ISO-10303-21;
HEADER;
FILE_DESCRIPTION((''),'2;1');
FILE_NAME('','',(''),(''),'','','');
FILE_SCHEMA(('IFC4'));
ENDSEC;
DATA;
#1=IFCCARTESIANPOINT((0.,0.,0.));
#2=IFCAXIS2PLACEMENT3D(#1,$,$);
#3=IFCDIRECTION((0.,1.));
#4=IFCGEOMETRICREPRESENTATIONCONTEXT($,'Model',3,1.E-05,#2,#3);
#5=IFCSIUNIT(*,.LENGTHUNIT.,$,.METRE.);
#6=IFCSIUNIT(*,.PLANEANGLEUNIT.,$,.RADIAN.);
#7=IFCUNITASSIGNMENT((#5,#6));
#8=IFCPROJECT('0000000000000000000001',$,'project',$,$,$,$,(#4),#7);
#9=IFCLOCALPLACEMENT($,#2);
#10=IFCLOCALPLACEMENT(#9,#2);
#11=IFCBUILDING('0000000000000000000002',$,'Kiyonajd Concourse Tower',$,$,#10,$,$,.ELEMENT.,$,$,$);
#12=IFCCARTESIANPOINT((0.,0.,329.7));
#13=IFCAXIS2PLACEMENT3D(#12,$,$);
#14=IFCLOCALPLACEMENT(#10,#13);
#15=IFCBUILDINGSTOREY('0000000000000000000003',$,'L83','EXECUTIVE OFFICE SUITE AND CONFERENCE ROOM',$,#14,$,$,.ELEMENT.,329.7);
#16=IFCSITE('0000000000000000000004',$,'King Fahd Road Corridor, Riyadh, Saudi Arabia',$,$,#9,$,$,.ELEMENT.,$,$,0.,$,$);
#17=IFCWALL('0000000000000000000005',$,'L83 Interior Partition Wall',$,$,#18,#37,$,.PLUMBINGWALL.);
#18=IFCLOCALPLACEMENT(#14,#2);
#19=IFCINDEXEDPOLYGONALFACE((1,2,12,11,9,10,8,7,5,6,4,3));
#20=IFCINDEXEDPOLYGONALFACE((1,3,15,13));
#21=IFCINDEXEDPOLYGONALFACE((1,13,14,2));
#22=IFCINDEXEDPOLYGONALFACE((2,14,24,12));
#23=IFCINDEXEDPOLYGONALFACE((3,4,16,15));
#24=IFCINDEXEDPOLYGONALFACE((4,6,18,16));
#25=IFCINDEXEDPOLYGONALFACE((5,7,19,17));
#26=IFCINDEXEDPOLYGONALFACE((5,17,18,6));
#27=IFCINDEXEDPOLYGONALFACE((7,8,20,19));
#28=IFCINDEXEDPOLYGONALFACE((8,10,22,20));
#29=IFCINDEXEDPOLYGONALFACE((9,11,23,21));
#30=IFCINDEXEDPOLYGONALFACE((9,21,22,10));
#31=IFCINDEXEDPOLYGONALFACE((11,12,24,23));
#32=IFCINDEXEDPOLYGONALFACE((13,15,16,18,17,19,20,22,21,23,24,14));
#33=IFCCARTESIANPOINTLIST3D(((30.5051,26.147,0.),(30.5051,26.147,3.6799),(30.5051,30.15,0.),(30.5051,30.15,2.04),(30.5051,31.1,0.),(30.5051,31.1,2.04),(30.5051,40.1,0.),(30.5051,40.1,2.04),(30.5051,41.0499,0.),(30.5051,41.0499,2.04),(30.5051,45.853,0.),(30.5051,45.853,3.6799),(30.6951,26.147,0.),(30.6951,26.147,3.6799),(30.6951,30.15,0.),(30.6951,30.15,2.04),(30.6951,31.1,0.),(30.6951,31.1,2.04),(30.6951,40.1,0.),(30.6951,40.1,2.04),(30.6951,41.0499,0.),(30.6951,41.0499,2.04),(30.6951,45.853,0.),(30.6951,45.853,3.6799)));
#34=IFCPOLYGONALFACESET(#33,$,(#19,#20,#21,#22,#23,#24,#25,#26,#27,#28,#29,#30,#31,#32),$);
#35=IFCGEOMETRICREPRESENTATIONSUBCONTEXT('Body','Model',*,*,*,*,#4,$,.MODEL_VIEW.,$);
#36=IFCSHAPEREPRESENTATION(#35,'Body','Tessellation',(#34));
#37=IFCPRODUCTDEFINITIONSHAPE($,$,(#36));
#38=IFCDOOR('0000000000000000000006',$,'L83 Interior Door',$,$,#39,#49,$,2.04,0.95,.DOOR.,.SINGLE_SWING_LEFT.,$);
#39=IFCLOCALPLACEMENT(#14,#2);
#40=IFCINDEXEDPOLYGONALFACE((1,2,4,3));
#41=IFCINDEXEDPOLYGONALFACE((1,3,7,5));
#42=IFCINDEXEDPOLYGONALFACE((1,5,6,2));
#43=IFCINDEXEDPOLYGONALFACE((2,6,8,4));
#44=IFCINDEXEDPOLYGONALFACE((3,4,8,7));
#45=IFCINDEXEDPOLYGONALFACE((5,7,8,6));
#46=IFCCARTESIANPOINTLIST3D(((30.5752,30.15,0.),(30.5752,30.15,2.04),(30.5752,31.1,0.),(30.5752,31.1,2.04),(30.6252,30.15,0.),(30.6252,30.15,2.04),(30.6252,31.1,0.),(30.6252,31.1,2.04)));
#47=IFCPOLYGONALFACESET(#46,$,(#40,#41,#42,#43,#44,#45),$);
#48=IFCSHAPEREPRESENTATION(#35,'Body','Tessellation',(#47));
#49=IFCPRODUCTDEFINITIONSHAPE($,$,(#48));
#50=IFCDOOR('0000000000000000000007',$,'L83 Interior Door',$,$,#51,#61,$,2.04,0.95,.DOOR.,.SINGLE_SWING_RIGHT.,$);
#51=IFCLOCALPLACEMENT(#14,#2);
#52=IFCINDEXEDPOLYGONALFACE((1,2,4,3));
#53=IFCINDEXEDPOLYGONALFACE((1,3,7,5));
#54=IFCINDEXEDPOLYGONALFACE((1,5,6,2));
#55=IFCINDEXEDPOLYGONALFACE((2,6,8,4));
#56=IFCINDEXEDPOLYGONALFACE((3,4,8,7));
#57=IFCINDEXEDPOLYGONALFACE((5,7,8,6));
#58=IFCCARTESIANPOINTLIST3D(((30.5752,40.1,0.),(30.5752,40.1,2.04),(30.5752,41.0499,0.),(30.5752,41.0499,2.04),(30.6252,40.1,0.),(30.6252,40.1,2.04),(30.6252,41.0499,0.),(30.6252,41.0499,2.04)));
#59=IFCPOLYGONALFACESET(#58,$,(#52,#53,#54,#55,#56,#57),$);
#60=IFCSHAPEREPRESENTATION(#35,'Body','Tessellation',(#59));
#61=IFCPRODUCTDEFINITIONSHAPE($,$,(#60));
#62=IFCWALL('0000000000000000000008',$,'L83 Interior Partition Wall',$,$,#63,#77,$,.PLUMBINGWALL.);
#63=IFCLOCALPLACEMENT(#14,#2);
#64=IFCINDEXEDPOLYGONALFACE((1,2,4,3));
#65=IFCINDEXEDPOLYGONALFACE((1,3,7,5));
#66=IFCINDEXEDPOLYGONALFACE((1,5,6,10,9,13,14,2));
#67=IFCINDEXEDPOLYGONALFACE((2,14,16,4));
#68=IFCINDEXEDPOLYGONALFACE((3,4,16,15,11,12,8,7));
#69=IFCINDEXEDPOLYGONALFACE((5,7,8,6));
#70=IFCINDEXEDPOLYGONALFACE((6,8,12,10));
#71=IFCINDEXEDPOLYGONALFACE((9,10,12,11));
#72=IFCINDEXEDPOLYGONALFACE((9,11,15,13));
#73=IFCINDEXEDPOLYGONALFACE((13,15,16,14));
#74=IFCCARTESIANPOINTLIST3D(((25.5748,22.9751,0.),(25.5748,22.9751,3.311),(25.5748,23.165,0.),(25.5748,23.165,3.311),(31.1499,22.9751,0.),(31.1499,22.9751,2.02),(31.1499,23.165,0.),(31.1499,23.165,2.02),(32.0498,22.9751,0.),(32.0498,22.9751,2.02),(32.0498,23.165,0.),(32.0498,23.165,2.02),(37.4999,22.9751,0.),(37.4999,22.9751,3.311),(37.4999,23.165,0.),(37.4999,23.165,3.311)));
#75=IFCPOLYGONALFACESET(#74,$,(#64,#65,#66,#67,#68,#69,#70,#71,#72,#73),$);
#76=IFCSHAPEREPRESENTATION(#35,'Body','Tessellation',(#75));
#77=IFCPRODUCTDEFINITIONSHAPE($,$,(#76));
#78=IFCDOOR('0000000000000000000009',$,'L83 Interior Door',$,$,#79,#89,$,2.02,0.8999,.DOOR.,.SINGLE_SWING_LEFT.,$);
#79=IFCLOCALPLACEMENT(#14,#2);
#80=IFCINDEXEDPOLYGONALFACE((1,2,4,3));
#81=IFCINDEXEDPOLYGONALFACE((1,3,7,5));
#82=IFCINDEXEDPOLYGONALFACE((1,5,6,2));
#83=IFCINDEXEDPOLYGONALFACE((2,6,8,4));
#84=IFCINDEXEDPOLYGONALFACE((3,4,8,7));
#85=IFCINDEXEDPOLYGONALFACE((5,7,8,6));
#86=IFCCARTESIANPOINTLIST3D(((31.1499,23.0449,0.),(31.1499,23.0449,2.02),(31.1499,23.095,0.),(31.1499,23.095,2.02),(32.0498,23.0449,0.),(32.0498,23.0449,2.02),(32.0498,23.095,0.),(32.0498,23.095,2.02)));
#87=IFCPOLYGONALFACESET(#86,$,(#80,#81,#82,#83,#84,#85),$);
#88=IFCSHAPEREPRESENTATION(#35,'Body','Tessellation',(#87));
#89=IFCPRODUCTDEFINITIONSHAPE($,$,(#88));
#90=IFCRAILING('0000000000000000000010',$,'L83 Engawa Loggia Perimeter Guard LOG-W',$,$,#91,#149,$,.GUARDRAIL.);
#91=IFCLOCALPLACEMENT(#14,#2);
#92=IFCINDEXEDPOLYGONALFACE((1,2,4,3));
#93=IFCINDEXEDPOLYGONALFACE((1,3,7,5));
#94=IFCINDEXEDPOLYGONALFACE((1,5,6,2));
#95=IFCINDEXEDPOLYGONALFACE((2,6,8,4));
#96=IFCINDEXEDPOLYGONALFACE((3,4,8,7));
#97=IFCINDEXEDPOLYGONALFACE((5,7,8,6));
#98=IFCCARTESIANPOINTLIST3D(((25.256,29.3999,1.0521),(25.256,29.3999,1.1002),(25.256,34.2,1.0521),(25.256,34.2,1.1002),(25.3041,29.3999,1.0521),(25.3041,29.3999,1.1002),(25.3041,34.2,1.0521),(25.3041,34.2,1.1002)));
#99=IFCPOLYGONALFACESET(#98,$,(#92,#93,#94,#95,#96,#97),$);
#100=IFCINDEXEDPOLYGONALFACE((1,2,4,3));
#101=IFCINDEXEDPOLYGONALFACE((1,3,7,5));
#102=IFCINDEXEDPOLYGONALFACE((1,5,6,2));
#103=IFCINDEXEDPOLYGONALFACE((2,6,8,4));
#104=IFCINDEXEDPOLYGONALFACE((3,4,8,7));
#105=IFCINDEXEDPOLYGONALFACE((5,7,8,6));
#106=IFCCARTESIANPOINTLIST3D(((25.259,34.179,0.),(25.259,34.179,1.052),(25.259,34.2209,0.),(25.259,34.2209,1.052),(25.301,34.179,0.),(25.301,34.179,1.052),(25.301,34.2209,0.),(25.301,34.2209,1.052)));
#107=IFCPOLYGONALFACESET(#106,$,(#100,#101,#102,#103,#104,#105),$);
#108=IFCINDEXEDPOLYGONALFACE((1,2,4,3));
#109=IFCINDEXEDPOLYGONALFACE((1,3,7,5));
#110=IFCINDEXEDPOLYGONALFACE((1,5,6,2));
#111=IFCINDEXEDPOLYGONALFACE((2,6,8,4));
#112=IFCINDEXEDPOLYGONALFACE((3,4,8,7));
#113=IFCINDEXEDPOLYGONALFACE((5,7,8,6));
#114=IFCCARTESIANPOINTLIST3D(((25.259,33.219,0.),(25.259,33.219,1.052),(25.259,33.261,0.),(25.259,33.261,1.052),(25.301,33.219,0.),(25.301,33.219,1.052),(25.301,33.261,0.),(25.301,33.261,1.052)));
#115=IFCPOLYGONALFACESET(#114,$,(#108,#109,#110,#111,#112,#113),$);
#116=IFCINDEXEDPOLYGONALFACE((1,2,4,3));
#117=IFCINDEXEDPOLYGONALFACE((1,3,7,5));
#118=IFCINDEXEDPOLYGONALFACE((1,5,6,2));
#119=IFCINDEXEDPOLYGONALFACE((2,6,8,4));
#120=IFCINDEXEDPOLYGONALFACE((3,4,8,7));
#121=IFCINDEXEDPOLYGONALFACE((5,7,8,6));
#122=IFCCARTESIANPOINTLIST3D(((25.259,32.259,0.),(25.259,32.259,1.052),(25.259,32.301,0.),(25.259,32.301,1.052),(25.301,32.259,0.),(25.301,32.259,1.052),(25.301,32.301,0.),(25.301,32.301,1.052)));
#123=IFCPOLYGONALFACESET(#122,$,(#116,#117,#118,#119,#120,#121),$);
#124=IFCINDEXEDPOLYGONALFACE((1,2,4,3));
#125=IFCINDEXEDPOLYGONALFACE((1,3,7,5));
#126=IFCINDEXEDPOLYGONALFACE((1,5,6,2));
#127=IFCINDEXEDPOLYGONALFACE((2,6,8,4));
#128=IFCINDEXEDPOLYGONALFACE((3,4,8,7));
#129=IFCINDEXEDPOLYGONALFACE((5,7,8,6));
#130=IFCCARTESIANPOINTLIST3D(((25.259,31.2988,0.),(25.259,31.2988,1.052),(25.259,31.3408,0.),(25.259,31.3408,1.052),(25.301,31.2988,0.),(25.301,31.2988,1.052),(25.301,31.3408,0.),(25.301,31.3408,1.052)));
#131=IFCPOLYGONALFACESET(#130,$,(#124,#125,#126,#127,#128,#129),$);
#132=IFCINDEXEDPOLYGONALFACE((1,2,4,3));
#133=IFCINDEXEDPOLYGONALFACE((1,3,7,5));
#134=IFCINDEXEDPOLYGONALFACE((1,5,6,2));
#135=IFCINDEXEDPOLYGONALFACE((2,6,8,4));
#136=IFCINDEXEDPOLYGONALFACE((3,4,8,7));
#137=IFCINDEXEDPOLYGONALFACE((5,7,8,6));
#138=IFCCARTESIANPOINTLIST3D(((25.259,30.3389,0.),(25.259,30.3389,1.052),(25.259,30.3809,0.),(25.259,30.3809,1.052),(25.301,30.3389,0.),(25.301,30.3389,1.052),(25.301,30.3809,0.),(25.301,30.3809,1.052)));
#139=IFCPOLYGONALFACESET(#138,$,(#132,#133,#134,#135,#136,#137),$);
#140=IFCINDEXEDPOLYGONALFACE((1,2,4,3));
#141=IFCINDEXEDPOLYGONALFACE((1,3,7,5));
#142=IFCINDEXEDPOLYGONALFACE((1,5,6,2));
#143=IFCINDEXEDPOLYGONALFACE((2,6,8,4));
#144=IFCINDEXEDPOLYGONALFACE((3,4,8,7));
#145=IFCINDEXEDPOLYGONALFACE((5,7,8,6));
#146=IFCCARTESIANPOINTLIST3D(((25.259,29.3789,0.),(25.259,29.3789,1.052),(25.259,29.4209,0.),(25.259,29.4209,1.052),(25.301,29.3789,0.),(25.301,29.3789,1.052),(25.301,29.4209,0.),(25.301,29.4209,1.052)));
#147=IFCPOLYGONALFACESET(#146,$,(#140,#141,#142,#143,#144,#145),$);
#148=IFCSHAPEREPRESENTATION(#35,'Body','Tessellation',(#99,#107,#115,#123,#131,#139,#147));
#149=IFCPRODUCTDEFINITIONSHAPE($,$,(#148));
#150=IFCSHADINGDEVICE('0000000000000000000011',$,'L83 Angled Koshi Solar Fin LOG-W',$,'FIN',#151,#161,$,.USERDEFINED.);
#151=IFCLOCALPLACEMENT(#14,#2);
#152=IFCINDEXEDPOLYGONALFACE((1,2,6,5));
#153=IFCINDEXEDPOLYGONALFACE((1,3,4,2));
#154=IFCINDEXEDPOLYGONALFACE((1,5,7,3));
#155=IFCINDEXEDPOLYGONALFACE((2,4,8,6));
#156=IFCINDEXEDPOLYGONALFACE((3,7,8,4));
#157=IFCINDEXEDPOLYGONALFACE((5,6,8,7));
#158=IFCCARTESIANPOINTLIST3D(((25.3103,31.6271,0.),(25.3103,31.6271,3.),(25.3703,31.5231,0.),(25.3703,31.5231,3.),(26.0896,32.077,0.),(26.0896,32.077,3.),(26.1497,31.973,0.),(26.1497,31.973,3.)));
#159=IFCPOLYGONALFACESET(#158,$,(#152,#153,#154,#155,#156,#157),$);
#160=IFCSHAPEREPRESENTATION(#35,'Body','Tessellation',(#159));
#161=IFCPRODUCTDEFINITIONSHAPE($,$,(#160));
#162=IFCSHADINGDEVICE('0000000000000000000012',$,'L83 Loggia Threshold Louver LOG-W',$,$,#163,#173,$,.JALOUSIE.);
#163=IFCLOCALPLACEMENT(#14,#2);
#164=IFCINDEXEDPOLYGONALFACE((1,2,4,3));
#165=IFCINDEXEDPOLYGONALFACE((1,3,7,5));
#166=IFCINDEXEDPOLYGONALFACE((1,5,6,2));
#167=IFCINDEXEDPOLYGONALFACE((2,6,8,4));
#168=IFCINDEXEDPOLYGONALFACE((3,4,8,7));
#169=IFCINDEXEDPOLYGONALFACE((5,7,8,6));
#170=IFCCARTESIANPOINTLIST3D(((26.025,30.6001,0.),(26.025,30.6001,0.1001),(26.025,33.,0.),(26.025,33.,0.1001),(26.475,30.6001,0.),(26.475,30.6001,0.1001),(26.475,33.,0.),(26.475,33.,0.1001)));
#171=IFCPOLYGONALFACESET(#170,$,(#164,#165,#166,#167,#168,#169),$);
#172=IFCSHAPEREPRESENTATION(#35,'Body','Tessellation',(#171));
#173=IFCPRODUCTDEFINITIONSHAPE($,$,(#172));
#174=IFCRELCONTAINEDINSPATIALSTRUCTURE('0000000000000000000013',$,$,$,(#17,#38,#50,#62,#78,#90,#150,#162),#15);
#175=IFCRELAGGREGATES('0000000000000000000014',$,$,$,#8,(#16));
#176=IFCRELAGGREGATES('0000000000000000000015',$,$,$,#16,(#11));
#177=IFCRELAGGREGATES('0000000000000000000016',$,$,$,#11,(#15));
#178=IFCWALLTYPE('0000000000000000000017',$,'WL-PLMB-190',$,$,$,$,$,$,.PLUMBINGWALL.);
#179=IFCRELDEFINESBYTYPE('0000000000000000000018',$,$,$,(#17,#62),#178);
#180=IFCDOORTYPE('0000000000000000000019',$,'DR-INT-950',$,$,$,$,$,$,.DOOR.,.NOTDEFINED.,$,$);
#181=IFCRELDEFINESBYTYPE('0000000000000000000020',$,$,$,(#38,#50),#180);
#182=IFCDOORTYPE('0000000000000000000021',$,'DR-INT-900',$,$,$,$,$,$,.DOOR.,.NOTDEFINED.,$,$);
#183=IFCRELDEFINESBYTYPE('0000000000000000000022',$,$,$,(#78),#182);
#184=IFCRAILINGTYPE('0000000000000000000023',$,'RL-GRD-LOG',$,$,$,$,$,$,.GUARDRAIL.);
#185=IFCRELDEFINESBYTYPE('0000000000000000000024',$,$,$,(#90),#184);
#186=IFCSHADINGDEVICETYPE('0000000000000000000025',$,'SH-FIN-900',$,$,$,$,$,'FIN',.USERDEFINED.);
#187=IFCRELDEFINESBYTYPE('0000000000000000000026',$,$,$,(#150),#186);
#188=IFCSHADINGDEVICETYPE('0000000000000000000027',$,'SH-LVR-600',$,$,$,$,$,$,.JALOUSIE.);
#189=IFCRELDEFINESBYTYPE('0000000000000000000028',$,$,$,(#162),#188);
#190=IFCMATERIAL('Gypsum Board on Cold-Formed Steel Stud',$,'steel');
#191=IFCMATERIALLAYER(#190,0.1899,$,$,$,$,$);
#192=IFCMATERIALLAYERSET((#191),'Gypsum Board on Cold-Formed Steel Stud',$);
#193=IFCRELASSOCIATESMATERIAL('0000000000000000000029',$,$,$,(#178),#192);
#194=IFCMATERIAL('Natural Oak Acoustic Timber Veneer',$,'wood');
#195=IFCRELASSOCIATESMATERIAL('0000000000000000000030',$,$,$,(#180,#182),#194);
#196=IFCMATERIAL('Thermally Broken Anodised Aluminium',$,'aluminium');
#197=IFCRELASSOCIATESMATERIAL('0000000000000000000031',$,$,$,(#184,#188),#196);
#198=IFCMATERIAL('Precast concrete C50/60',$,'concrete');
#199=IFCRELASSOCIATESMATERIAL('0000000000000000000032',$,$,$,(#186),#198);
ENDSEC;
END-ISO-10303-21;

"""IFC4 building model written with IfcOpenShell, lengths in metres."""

from ifc_helpers import new_model, si_unit, direction, frame, frame_2d, origin, origin_2d, place, context, subcontext, project, spatial, rectangle, extrude, material, layer, layer_set, type_object, element, fill, save


model = new_model("IFC4")

# Units and contexts
model_context = context("Model", 3, precision=1e-05, world=origin(), true_north=direction((0.0, 1.0)))
body_context = subcontext(model_context, "Body", "Model", "MODEL_VIEW")
ifc_project = project(units=[si_unit("LENGTHUNIT", "METRE"), si_unit("PLANEANGLEUNIT", "RADIAN")], contexts=[model_context])

# Site, building, storey
site_placement = place(None, origin())
site = spatial("IfcSite", under=ifc_project, at=site_placement, Name="King Fahd Road Corridor, Riyadh, Saudi Arabia", CompositionType="ELEMENT", RefElevation=0.0)
building_placement = place(site_placement, origin())
building = spatial("IfcBuilding", under=site, at=building_placement, Name="Kiyonajd Concourse Tower", CompositionType="ELEMENT")
storey_placement = place(building_placement, frame((0.0, 0.0, 329.7)))
storey = spatial("IfcBuildingStorey", under=building, at=storey_placement, Name="L83", Description="EXECUTIVE OFFICE SUITE AND CONFERENCE ROOM", CompositionType="ELEMENT", Elevation=329.7)

# Shared definitions
ifc_material_1 = material(Name="Thermally Broken Anodised Aluminium", Category="aluminium")

# Shared definitions
ifc_material_2 = material(Name="Precast concrete C50/60", Category="concrete")

# Wall, openings, doors
ifc_material_3 = material(Name="Gypsum Board on Cold-Formed Steel Stud", Category="steel")
ifc_layer_1 = layer(ifc_material_3, 0.1899)
ifc_layer_set_1 = layer_set([ifc_layer_1], Name="Gypsum Board on Cold-Formed Steel Stud")
wall_type_1 = type_object("IfcWallType", Name="WL-PLMB-190", PredefinedType="PLUMBINGWALL", material=ifc_layer_set_1)
wall_1_placement = place(storey_placement, frame((30.6001, 26.147, 0.0), z_axis=(0.0, 0.0, 1.0), x_axis=(0.0, 1.0, 0.0)))
wall_1 = element("IfcWall", 1, at=wall_1_placement, inside=storey, type_object=wall_type_1, Name="L83 Interior Partition Wall", PredefinedType="PLUMBINGWALL", context=body_context, shape_type="SweptSolid", body=[
    extrude(rectangle(XDim=19.7061, YDim=0.1899, at=frame_2d((9.853, 0.0))), origin(), (0.0, 0.0, 1.0), 3.6799),
])
opening_1_placement = place(wall_1_placement, frame((4.0029, 0.0, 0.0)))
opening_1 = element("IfcOpeningElement", 2, at=opening_1_placement, cuts=wall_1, PredefinedType="OPENING", context=body_context, shape_type="SweptSolid", body=[
    extrude(rectangle(XDim=0.95, YDim=2.04, at=frame_2d((0.4751, 1.02))), frame((0.0, 0.105, 0.0), z_axis=(0.0, -1.0, 0.0), x_axis=(1.0, 0.0, 0.0)), (0.0, 0.0, 1.0), 0.21),
])
opening_2_placement = place(wall_1_placement, frame((13.9529, 0.0, 0.0)))
opening_2 = element("IfcOpeningElement", 3, at=opening_2_placement, cuts=wall_1, PredefinedType="OPENING", context=body_context, shape_type="SweptSolid", body=[
    extrude(rectangle(XDim=0.95, YDim=2.04, at=frame_2d((0.4751, 1.02))), frame((0.0, 0.105, 0.0), z_axis=(0.0, -1.0, 0.0), x_axis=(1.0, 0.0, 0.0)), (0.0, 0.0, 1.0), 0.21),
])
ifc_material_4 = material(Name="Natural Oak Acoustic Timber Veneer", Category="wood")
door_type_1 = type_object("IfcDoorType", Name="DR-INT-950", OperationType="NOTDEFINED", PredefinedType="DOOR", material=ifc_material_4)
door_1_placement = place(opening_1_placement, origin())
door_1 = element("IfcDoor", 4, at=door_1_placement, inside=storey, type_object=door_type_1, Name="L83 Interior Door", OperationType="SINGLE_SWING_LEFT", OverallHeight=2.04, OverallWidth=0.95, PredefinedType="DOOR", context=body_context, shape_type="SweptSolid", body=[
    extrude(rectangle(XDim=0.95, YDim=2.04, at=frame_2d((0.4751, 1.02))), frame((0.0, 0.0249, 0.0), z_axis=(0.0, -1.0, 0.0), x_axis=(1.0, 0.0, 0.0)), (0.0, 0.0, 1.0), 0.05),
])
fill(opening_1, door_1)
door_2_placement = place(opening_2_placement, origin())
door_2 = element("IfcDoor", 5, at=door_2_placement, inside=storey, type_object=door_type_1, Name="L83 Interior Door", OperationType="SINGLE_SWING_RIGHT", OverallHeight=2.04, OverallWidth=0.95, PredefinedType="DOOR", context=body_context, shape_type="SweptSolid", body=[
    extrude(rectangle(XDim=0.95, YDim=2.04, at=frame_2d((0.4751, 1.02))), frame((0.0, 0.0249, 0.0), z_axis=(0.0, -1.0, 0.0), x_axis=(1.0, 0.0, 0.0)), (0.0, 0.0, 1.0), 0.05),
])
fill(opening_2, door_2)

# Wall, opening, door
wall_2_placement = place(storey_placement, frame((25.575, 23.0701, 0.0), z_axis=(0.0, 0.0, 1.0), x_axis=(1.0, 0.0, 0.0)))
wall_2 = element("IfcWall", 6, at=wall_2_placement, inside=storey, type_object=wall_type_1, Name="L83 Interior Partition Wall", PredefinedType="PLUMBINGWALL", context=body_context, shape_type="SweptSolid", body=[
    extrude(rectangle(XDim=11.925, YDim=0.1899, at=frame_2d((5.9624, 0.0))), origin(), (0.0, 0.0, 1.0), 3.311),
])
opening_3_placement = place(wall_2_placement, frame((5.575, 0.0, 0.0)))
opening_3 = element("IfcOpeningElement", 7, at=opening_3_placement, cuts=wall_2, PredefinedType="OPENING", context=body_context, shape_type="SweptSolid", body=[
    extrude(rectangle(XDim=0.8999, YDim=2.02, at=frame_2d((0.45, 1.01))), frame((0.0, 0.105, 0.0), z_axis=(0.0, -1.0, 0.0), x_axis=(1.0, 0.0, 0.0)), (0.0, 0.0, 1.0), 0.21),
])
door_type_2 = type_object("IfcDoorType", Name="DR-INT-900", OperationType="NOTDEFINED", PredefinedType="DOOR", material=ifc_material_4)
door_3_placement = place(opening_3_placement, origin())
door_3 = element("IfcDoor", 8, at=door_3_placement, inside=storey, type_object=door_type_2, Name="L83 Interior Door", OperationType="SINGLE_SWING_LEFT", OverallHeight=2.02, OverallWidth=0.8999, PredefinedType="DOOR", context=body_context, shape_type="SweptSolid", body=[
    extrude(rectangle(XDim=0.8999, YDim=2.02, at=frame_2d((0.45, 1.01))), frame((0.0, 0.0249, 0.0), z_axis=(0.0, -1.0, 0.0), x_axis=(1.0, 0.0, 0.0)), (0.0, 0.0, 1.0), 0.05),
])
fill(opening_3, door_3)

# Railing
railing_type = type_object("IfcRailingType", Name="RL-GRD-LOG", PredefinedType="GUARDRAIL", material=ifc_material_1)
railing_placement = place(storey_placement, frame((25.28, 34.2, 0.0)))
element("IfcRailing", 9, at=railing_placement, inside=storey, type_object=railing_type, Name="L83 Engawa Loggia Perimeter Guard LOG-W", PredefinedType="GUARDRAIL", context=body_context, shape_type="SweptSolid", body=[
    extrude(rectangle(XDim=0.0481, YDim=0.0481, at=origin_2d()), frame((0.0, 0.0, 1.0762), z_axis=(0.0, -1.0, 0.0), x_axis=(1.0, 0.0, 0.0)), (0.0, 0.0, 1.0), 4.8),
    extrude(rectangle(XDim=0.042, YDim=0.042, at=origin_2d()), origin(), (0.0, 0.0, 1.0), 1.052),
    extrude(rectangle(XDim=0.042, YDim=0.042, at=origin_2d()), frame((0.0, -0.96, 0.0)), (0.0, 0.0, 1.0), 1.052),
    extrude(rectangle(XDim=0.042, YDim=0.042, at=origin_2d()), frame((0.0, -1.9199, 0.0)), (0.0, 0.0, 1.0), 1.052),
    extrude(rectangle(XDim=0.042, YDim=0.042, at=origin_2d()), frame((0.0, -2.8801, 0.0)), (0.0, 0.0, 1.0), 1.052),
    extrude(rectangle(XDim=0.042, YDim=0.042, at=origin_2d()), frame((0.0, -3.8401, 0.0)), (0.0, 0.0, 1.0), 1.052),
    extrude(rectangle(XDim=0.042, YDim=0.042, at=origin_2d()), frame((0.0, -4.8, 0.0)), (0.0, 0.0, 1.0), 1.052),
])

# Shading devices
shading_device_type_1 = type_object("IfcShadingDeviceType", Name="SH-FIN-900", ElementType="FIN", PredefinedType="USERDEFINED", material=ifc_material_2)
shading_device_1_placement = place(storey_placement, frame((25.73, 31.8, 0.0), z_axis=(0.0, 0.0, 1.0), x_axis=(0.866025, 0.5, 0.0)))
element("IfcShadingDevice", 10, at=shading_device_1_placement, inside=storey, type_object=shading_device_type_1, Name="L83 Angled Koshi Solar Fin LOG-W", ObjectType="FIN", PredefinedType="USERDEFINED", context=body_context, shape_type="SweptSolid", body=[
    extrude(rectangle(XDim=0.8999, YDim=0.1201, at=origin_2d()), origin(), (0.0, 0.0, 1.0), 3.0),
])
shading_device_type_2 = type_object("IfcShadingDeviceType", Name="SH-LVR-600", PredefinedType="JALOUSIE", material=ifc_material_1)
shading_device_2_placement = place(storey_placement, frame((26.25, 31.8, 0.0), z_axis=(0.0, 0.0, 1.0), x_axis=(0.0, 1.0, 0.0)))
element("IfcShadingDevice", 11, at=shading_device_2_placement, inside=storey, type_object=shading_device_type_2, Name="L83 Loggia Threshold Louver LOG-W", PredefinedType="JALOUSIE", context=body_context, shape_type="SweptSolid", body=[
    extrude(rectangle(XDim=2.3999, YDim=0.45, at=origin_2d()), origin(), (0.0, 0.0, 1.0), 0.1001),
])

save(model, "model.ifc")
